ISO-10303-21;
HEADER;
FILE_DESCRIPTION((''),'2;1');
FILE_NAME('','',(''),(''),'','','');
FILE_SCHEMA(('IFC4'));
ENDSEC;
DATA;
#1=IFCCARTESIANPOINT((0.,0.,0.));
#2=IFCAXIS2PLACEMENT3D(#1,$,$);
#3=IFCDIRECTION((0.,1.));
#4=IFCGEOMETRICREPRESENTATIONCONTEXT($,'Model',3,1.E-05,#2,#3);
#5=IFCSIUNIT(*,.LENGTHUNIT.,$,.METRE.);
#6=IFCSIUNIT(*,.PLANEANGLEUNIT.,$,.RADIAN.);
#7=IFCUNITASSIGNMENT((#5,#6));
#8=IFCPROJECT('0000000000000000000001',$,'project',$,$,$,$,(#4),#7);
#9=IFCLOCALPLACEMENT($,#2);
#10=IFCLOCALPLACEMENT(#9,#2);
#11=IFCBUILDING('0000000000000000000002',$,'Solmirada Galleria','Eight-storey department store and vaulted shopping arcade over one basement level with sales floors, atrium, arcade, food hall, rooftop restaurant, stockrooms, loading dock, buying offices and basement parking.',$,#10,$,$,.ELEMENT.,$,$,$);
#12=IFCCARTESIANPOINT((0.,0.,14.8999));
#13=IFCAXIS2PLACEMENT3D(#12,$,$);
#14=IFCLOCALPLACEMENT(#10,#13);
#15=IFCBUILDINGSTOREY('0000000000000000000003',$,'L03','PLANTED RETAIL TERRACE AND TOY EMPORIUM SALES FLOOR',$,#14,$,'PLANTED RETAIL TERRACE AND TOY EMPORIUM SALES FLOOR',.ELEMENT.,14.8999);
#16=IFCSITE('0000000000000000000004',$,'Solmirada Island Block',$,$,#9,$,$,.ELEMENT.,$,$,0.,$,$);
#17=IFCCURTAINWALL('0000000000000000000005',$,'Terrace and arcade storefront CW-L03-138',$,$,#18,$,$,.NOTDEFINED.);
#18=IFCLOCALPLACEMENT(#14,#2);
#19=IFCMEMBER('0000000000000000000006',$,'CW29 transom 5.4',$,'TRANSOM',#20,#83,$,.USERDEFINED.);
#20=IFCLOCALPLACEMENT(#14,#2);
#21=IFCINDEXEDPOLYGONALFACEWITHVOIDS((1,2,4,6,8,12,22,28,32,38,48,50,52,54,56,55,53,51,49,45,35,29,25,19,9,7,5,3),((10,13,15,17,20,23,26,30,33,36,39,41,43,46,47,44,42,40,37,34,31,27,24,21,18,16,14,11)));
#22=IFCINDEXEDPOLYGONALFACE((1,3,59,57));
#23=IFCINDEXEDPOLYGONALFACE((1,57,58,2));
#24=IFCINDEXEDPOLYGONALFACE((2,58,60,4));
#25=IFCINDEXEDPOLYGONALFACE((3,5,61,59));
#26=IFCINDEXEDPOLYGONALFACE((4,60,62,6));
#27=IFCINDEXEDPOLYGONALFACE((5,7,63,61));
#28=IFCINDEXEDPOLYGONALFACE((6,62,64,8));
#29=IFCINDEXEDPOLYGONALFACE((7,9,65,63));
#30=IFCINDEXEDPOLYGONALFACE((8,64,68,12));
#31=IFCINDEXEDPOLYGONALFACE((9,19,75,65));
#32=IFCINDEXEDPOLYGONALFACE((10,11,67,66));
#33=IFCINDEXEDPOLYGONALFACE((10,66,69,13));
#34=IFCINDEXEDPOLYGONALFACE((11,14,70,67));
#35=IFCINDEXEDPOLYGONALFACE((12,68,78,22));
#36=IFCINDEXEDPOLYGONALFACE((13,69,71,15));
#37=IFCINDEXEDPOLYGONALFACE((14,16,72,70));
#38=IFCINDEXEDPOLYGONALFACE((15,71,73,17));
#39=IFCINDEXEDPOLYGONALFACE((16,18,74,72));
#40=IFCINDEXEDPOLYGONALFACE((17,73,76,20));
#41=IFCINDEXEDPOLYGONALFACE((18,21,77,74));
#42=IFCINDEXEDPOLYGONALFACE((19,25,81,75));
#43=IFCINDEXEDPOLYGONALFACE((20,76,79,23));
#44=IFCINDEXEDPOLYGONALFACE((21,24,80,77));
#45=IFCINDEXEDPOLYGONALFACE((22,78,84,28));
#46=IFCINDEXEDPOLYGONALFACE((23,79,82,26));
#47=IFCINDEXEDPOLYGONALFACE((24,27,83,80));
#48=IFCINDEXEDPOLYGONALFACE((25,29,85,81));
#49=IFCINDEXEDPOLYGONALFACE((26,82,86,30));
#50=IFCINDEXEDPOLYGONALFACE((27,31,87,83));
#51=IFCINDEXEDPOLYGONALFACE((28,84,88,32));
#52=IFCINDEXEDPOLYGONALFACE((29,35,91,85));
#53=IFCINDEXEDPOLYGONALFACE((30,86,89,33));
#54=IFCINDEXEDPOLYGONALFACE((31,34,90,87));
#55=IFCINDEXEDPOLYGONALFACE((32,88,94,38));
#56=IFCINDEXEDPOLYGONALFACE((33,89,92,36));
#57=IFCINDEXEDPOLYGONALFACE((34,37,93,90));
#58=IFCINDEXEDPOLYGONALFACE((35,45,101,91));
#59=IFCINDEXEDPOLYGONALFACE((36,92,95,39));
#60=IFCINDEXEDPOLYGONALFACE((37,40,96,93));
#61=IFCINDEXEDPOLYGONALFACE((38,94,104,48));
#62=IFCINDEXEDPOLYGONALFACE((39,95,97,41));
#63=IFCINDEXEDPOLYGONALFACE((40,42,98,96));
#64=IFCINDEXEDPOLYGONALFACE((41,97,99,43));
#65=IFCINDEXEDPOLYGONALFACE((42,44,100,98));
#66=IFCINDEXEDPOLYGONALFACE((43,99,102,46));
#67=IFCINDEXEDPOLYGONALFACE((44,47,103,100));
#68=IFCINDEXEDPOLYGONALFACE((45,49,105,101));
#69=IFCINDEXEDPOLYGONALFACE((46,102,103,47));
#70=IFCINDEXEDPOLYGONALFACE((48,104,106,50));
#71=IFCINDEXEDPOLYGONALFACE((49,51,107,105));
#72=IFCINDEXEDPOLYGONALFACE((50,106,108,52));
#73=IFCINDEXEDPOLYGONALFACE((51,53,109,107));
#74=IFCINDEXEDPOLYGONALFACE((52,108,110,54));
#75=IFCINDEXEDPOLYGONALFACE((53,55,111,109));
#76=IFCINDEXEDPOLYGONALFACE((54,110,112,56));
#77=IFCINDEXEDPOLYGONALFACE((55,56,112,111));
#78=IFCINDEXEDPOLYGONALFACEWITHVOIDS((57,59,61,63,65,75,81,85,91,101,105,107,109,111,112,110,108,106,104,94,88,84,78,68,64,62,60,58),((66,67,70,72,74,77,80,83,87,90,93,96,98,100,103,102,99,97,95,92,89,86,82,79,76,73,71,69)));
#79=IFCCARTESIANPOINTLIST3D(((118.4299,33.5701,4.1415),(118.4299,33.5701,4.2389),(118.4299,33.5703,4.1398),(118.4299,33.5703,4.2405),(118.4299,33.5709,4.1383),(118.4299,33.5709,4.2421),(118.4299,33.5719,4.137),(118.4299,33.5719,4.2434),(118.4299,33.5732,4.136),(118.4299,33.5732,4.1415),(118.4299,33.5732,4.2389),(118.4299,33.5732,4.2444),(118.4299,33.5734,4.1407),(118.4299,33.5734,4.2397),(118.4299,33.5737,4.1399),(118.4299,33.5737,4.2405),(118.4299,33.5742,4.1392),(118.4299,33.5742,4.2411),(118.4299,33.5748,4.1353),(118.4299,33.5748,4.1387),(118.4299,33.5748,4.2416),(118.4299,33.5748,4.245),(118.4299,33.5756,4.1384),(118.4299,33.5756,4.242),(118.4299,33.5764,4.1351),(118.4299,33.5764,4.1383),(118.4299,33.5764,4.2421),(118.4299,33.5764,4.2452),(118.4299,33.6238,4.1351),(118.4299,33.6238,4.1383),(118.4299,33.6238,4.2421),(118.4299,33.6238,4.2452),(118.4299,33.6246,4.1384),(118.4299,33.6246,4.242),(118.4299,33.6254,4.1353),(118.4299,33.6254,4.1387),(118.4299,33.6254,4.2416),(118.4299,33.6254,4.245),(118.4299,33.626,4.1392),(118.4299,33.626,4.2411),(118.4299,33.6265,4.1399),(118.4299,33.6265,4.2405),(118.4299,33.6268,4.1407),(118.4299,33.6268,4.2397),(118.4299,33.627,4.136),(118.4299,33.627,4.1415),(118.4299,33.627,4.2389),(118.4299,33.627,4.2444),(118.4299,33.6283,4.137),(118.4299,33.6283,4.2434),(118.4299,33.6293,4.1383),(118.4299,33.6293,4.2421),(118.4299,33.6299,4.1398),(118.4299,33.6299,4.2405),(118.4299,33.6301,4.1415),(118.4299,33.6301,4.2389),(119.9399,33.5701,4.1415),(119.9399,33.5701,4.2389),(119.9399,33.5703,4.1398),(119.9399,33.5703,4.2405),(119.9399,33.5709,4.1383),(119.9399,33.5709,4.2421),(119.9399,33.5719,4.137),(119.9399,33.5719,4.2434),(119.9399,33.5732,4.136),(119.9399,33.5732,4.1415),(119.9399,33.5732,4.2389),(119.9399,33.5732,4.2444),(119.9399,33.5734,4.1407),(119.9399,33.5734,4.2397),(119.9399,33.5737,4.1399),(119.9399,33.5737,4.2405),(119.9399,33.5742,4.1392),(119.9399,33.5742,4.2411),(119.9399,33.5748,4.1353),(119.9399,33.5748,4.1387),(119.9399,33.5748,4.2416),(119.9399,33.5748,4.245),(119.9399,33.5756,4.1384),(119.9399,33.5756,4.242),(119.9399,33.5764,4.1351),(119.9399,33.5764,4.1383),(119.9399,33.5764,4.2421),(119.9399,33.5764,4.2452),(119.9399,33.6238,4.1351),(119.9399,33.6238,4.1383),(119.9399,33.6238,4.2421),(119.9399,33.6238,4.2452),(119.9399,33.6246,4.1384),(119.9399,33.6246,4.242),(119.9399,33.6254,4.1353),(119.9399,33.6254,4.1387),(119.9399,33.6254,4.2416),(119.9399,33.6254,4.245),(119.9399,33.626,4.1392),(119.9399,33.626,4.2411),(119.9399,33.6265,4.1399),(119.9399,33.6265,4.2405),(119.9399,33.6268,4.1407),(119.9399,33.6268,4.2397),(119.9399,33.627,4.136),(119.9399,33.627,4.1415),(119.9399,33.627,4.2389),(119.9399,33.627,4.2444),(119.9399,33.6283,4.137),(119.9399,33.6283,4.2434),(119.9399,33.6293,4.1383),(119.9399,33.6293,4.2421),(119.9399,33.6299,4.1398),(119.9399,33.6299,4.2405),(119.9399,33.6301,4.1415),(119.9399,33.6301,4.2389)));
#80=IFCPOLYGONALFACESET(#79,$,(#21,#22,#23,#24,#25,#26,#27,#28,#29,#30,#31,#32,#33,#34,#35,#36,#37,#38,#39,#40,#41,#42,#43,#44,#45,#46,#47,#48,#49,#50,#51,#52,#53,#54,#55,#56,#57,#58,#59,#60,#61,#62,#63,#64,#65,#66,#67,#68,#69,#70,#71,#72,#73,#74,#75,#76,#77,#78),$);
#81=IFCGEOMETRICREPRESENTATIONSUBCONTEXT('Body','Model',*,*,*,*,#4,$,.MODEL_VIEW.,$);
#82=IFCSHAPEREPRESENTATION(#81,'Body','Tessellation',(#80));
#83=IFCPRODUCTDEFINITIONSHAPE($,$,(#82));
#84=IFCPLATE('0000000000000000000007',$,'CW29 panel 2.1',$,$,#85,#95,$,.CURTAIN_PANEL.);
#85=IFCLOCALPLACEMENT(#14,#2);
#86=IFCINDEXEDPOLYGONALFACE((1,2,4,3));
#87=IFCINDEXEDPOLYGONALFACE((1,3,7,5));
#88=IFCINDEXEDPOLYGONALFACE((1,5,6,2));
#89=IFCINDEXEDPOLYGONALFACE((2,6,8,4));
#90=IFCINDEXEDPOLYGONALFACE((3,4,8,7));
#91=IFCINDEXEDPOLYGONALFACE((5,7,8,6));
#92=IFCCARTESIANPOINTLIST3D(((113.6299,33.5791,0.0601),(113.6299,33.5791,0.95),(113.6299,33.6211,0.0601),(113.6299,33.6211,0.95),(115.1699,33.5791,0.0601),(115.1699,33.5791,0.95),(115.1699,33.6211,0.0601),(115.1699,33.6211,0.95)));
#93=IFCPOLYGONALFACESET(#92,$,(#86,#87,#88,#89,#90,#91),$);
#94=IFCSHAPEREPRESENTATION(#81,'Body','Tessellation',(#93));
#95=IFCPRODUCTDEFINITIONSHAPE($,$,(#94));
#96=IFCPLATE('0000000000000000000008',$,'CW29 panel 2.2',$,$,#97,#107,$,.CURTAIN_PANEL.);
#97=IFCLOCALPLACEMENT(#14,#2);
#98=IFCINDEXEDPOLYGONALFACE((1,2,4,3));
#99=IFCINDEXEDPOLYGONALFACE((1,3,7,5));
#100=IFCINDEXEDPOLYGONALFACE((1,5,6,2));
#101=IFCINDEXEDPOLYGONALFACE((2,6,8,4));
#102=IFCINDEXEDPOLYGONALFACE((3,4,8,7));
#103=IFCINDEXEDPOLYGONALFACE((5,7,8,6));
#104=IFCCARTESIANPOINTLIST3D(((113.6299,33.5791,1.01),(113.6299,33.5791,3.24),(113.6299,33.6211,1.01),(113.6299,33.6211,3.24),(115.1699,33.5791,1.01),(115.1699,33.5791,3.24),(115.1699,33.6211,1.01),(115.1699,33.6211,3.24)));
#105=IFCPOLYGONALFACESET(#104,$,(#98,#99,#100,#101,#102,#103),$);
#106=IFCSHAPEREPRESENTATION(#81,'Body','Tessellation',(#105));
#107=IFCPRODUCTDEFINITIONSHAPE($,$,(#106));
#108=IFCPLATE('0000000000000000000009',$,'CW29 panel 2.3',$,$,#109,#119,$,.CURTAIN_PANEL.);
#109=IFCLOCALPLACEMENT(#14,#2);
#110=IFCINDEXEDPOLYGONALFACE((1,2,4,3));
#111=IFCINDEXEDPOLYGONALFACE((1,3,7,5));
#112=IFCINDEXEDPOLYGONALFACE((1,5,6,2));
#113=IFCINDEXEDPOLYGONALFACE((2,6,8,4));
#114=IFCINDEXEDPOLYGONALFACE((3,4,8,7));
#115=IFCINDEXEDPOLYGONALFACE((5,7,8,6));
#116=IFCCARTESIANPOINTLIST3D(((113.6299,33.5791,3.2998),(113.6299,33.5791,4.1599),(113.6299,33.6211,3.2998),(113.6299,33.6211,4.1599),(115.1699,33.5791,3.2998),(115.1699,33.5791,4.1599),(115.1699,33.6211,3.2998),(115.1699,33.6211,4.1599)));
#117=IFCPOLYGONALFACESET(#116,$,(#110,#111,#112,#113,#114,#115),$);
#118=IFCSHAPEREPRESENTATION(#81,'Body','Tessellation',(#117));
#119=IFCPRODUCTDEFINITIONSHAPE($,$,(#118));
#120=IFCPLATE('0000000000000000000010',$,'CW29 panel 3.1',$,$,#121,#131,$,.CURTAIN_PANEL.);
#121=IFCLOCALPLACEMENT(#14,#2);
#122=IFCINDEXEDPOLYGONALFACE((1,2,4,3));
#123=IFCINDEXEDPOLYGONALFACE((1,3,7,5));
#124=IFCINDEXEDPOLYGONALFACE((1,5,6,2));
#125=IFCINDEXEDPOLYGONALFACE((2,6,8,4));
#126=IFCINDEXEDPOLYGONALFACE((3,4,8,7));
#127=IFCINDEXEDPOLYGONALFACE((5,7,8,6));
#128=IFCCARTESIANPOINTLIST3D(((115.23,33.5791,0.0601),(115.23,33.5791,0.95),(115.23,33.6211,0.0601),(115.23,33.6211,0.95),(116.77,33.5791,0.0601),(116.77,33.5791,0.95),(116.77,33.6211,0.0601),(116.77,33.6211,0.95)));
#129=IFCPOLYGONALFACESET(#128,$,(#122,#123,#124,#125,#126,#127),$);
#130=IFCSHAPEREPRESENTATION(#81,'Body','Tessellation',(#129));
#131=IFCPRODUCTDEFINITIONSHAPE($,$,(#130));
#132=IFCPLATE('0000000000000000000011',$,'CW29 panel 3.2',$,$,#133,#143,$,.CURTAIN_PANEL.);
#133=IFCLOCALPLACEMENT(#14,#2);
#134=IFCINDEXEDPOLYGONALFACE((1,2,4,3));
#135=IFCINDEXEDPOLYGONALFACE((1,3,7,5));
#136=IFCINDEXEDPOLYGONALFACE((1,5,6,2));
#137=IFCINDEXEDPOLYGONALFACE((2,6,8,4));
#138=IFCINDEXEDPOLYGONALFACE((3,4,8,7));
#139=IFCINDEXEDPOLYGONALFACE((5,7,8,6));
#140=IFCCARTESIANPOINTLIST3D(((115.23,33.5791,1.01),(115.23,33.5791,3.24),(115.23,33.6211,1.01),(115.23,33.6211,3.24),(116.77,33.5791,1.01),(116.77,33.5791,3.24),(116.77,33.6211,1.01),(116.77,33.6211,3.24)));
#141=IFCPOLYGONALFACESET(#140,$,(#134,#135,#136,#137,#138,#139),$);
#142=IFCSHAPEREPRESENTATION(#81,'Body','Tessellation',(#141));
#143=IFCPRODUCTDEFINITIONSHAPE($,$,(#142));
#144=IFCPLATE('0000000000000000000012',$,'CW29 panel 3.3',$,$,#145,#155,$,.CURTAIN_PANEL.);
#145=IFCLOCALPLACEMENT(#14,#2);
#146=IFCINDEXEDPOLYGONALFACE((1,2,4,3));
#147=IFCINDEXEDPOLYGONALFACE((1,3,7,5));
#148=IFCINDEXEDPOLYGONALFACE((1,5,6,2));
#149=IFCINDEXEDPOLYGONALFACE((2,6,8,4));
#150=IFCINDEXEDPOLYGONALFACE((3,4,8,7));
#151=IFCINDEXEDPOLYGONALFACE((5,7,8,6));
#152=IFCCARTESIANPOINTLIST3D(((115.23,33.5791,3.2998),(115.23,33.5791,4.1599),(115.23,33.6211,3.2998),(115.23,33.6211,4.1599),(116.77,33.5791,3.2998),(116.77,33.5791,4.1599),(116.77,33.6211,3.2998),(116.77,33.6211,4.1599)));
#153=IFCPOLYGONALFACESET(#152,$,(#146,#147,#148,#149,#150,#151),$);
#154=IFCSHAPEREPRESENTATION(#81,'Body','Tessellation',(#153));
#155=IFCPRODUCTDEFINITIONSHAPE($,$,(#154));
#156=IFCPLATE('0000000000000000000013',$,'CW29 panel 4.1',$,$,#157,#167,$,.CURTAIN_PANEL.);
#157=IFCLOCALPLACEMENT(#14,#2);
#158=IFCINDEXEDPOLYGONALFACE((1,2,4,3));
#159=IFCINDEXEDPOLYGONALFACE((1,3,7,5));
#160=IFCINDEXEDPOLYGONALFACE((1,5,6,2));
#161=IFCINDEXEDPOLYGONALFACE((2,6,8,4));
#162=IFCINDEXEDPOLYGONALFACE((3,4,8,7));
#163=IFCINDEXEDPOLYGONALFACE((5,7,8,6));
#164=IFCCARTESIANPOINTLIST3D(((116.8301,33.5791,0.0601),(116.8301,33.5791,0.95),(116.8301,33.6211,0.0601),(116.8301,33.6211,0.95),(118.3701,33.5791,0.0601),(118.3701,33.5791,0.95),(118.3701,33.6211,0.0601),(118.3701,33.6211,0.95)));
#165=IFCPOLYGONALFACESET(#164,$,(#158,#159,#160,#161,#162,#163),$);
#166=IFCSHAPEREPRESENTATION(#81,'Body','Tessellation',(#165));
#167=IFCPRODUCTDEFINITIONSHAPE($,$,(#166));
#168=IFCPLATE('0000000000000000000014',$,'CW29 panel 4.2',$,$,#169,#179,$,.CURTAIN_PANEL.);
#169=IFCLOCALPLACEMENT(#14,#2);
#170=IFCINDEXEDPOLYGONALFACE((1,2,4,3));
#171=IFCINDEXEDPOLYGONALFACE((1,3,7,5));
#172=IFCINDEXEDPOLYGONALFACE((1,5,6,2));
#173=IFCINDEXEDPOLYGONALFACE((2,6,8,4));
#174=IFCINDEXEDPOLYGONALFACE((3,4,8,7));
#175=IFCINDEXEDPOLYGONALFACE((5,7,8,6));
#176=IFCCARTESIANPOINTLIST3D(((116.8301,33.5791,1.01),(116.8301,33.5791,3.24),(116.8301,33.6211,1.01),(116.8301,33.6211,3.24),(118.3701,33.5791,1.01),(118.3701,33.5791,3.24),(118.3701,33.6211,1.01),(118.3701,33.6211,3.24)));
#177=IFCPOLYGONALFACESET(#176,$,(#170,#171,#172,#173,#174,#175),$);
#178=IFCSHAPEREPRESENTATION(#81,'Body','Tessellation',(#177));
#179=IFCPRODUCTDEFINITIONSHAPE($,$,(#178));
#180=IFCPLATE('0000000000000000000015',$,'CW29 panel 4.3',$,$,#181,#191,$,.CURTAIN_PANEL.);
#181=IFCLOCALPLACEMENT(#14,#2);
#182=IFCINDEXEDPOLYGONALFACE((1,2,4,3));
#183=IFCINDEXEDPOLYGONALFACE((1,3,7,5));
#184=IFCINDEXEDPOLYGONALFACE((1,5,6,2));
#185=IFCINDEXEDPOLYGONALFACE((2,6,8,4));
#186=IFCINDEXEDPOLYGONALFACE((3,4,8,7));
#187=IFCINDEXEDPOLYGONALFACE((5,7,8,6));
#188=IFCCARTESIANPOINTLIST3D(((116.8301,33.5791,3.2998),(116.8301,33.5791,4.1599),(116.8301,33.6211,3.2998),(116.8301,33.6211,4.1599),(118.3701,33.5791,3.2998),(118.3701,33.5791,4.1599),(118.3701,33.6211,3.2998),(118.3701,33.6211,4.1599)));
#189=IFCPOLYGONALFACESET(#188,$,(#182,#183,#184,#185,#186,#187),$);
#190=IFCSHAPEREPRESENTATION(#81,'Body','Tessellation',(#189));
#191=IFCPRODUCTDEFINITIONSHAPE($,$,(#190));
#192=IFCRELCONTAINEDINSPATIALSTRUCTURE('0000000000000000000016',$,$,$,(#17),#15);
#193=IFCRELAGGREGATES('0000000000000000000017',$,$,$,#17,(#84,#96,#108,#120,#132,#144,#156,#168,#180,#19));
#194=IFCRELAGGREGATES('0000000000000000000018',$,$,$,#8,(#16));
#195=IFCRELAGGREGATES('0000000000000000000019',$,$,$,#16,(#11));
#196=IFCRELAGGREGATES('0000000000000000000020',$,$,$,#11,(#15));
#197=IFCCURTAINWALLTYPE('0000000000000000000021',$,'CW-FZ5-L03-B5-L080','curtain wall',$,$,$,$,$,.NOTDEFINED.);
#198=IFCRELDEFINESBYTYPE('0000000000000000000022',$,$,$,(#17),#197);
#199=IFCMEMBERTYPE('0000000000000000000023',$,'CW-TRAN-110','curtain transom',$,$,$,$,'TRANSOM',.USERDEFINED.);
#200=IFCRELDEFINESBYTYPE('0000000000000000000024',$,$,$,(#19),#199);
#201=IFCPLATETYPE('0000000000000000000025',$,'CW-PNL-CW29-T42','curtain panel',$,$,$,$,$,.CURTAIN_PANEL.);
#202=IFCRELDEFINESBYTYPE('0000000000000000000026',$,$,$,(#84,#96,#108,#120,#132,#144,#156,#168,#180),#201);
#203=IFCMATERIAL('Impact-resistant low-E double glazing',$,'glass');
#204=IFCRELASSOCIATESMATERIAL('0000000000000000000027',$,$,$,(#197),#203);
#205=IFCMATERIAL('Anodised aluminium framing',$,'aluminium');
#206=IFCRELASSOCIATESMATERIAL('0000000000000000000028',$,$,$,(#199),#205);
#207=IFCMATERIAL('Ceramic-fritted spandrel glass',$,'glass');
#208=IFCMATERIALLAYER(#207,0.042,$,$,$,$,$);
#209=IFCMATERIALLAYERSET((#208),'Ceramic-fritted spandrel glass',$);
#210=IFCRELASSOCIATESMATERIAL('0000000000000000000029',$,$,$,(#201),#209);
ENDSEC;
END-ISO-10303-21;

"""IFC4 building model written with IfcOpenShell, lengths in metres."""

from ifc_helpers import new_model, si_unit, direction, frame, origin, origin_2d, place, context, subcontext, project, spatial, rectangle, hollow_rectangle, extrude, material, layer, layer_set, material_profile, profile_set, type_object, element, aggregate, save


model = new_model("IFC4")

# Units and contexts
model_context = context("Model", 3, precision=1e-05, world=origin(), true_north=direction((0.0, 1.0)))
body_context = subcontext(model_context, "Body", "Model", "MODEL_VIEW")
ifc_project = project(units=[si_unit("LENGTHUNIT", "METRE"), si_unit("PLANEANGLEUNIT", "RADIAN")], contexts=[model_context])

# Site, building, storey
site_placement = place(None, origin())
site = spatial("IfcSite", under=ifc_project, at=site_placement, Name="Solmirada Island Block", CompositionType="ELEMENT", RefElevation=0.0)
building_placement = place(site_placement, origin())
building = spatial("IfcBuilding", under=site, at=building_placement, Name="Solmirada Galleria", Description="Eight-storey department store and vaulted shopping arcade over one basement level with sales floors, atrium, arcade, food hall, rooftop restaurant, stockrooms, loading dock, buying offices and basement parking.", CompositionType="ELEMENT")
storey_placement = place(building_placement, frame((0.0, 0.0, 14.8999)))
storey = spatial("IfcBuildingStorey", under=building, at=storey_placement, Name="L03", Description="PLANTED RETAIL TERRACE AND TOY EMPORIUM SALES FLOOR", LongName="PLANTED RETAIL TERRACE AND TOY EMPORIUM SALES FLOOR", CompositionType="ELEMENT", Elevation=14.8999)

# Curtain wall, member, plates
ifc_material_1 = material(Name="Impact-resistant low-E double glazing", Category="glass")
curtain_wall_type = type_object("IfcCurtainWallType", Name="CW-FZ5-L03-B5-L080", Description="curtain wall", PredefinedType="NOTDEFINED", material=ifc_material_1)
curtain_wall_placement = place(storey_placement, origin())
curtain_wall = element("IfcCurtainWall", 1, at=curtain_wall_placement, inside=storey, type_object=curtain_wall_type, Name="Terrace and arcade storefront CW-L03-138", PredefinedType="NOTDEFINED")
ifc_material_2 = material(Name="Anodised aluminium framing", Category="aluminium")
ifc_material_profile_1 = material_profile(ifc_material_2, hollow_rectangle(XDim=0.0601, YDim=0.1101, WallThickness=0.0032, InnerFilletRadius=0.0032, OuterFilletRadius=0.0063, at=origin_2d()), Name="ALU-TRAN-110X60")
ifc_profile_set_1 = profile_set([ifc_material_profile_1], Name="Anodised aluminium framing")
member_type_1 = type_object("IfcMemberType", Name="CW-TRAN-110", Description="curtain transom", ElementType="TRANSOM", PredefinedType="USERDEFINED", material=ifc_profile_set_1)
member_1_placement = place(storey_placement, frame((118.4299, 33.6001, 4.1902), z_axis=(1.0, 0.0, 0.0), x_axis=(0.0, 1.0, 0.0)))
member_1 = element("IfcMember", 2, at=member_1_placement, type_object=member_type_1, Name="CW29 transom 5.4", ObjectType="TRANSOM", PredefinedType="USERDEFINED", context=body_context, shape_type="SweptSolid", body=[
    extrude(hollow_rectangle(XDim=0.0601, YDim=0.1101, WallThickness=0.0032, InnerFilletRadius=0.0032, OuterFilletRadius=0.0063, at=origin_2d()), origin(), (0.0, 0.0, 1.0), 1.51),
])
ifc_material_3 = material(Name="Ceramic-fritted spandrel glass", Category="glass")
ifc_layer_1 = layer(ifc_material_3, 0.042)
ifc_layer_set_1 = layer_set([ifc_layer_1], Name="Ceramic-fritted spandrel glass")
plate_type = type_object("IfcPlateType", Name="CW-PNL-CW29-T42", Description="curtain panel", PredefinedType="CURTAIN_PANEL", material=ifc_layer_set_1)
plate_1_placement = place(storey_placement, frame((114.3999, 33.6001, 0.0601), z_axis=(0.0, 0.0, 1.0), x_axis=(1.0, 0.0, 0.0)))
plate_1 = element("IfcPlate", 3, at=plate_1_placement, type_object=plate_type, Name="CW29 panel 2.1", PredefinedType="CURTAIN_PANEL", context=body_context, shape_type="SweptSolid", body=[
    extrude(rectangle(XDim=1.54, YDim=0.042, at=origin_2d()), origin(), (0.0, 0.0, 1.0), 0.8899),
])
plate_2_placement = place(storey_placement, frame((114.3999, 33.6001, 1.01), z_axis=(0.0, 0.0, 1.0), x_axis=(1.0, 0.0, 0.0)))
plate_2 = element("IfcPlate", 4, at=plate_2_placement, type_object=plate_type, Name="CW29 panel 2.2", PredefinedType="CURTAIN_PANEL", context=body_context, shape_type="SweptSolid", body=[
    extrude(rectangle(XDim=1.54, YDim=0.042, at=origin_2d()), origin(), (0.0, 0.0, 1.0), 2.23),
])
plate_3_placement = place(storey_placement, frame((114.3999, 33.6001, 3.2998), z_axis=(0.0, 0.0, 1.0), x_axis=(1.0, 0.0, 0.0)))
plate_3 = element("IfcPlate", 5, at=plate_3_placement, type_object=plate_type, Name="CW29 panel 2.3", PredefinedType="CURTAIN_PANEL", context=body_context, shape_type="SweptSolid", body=[
    extrude(rectangle(XDim=1.54, YDim=0.042, at=origin_2d()), origin(), (0.0, 0.0, 1.0), 0.8601),
])
plate_4_placement = place(storey_placement, frame((116.0, 33.6001, 0.0601), z_axis=(0.0, 0.0, 1.0), x_axis=(1.0, 0.0, 0.0)))
plate_4 = element("IfcPlate", 6, at=plate_4_placement, type_object=plate_type, Name="CW29 panel 3.1", PredefinedType="CURTAIN_PANEL", context=body_context, shape_type="SweptSolid", body=[
    extrude(rectangle(XDim=1.54, YDim=0.042, at=origin_2d()), origin(), (0.0, 0.0, 1.0), 0.8899),
])
plate_5_placement = place(storey_placement, frame((116.0, 33.6001, 1.01), z_axis=(0.0, 0.0, 1.0), x_axis=(1.0, 0.0, 0.0)))
plate_5 = element("IfcPlate", 7, at=plate_5_placement, type_object=plate_type, Name="CW29 panel 3.2", PredefinedType="CURTAIN_PANEL", context=body_context, shape_type="SweptSolid", body=[
    extrude(rectangle(XDim=1.54, YDim=0.042, at=origin_2d()), origin(), (0.0, 0.0, 1.0), 2.23),
])
plate_6_placement = place(storey_placement, frame((116.0, 33.6001, 3.2998), z_axis=(0.0, 0.0, 1.0), x_axis=(1.0, 0.0, 0.0)))
plate_6 = element("IfcPlate", 8, at=plate_6_placement, type_object=plate_type, Name="CW29 panel 3.3", PredefinedType="CURTAIN_PANEL", context=body_context, shape_type="SweptSolid", body=[
    extrude(rectangle(XDim=1.54, YDim=0.042, at=origin_2d()), origin(), (0.0, 0.0, 1.0), 0.8601),
])
plate_7_placement = place(storey_placement, frame((117.6001, 33.6001, 0.0601), z_axis=(0.0, 0.0, 1.0), x_axis=(1.0, 0.0, 0.0)))
plate_7 = element("IfcPlate", 9, at=plate_7_placement, type_object=plate_type, Name="CW29 panel 4.1", PredefinedType="CURTAIN_PANEL", context=body_context, shape_type="SweptSolid", body=[
    extrude(rectangle(XDim=1.54, YDim=0.042, at=origin_2d()), origin(), (0.0, 0.0, 1.0), 0.8899),
])
plate_8_placement = place(storey_placement, frame((117.6001, 33.6001, 1.01), z_axis=(0.0, 0.0, 1.0), x_axis=(1.0, 0.0, 0.0)))
plate_8 = element("IfcPlate", 10, at=plate_8_placement, type_object=plate_type, Name="CW29 panel 4.2", PredefinedType="CURTAIN_PANEL", context=body_context, shape_type="SweptSolid", body=[
    extrude(rectangle(XDim=1.54, YDim=0.042, at=origin_2d()), origin(), (0.0, 0.0, 1.0), 2.23),
])
plate_9_placement = place(storey_placement, frame((117.6001, 33.6001, 3.2998), z_axis=(0.0, 0.0, 1.0), x_axis=(1.0, 0.0, 0.0)))
plate_9 = element("IfcPlate", 11, at=plate_9_placement, type_object=plate_type, Name="CW29 panel 4.3", PredefinedType="CURTAIN_PANEL", context=body_context, shape_type="SweptSolid", body=[
    extrude(rectangle(XDim=1.54, YDim=0.042, at=origin_2d()), origin(), (0.0, 0.0, 1.0), 0.8601),
])
aggregate(curtain_wall, [plate_1, plate_2, plate_3, plate_4, plate_5, plate_6, plate_7, plate_8, plate_9, member_1])

save(model, "model.ifc")
